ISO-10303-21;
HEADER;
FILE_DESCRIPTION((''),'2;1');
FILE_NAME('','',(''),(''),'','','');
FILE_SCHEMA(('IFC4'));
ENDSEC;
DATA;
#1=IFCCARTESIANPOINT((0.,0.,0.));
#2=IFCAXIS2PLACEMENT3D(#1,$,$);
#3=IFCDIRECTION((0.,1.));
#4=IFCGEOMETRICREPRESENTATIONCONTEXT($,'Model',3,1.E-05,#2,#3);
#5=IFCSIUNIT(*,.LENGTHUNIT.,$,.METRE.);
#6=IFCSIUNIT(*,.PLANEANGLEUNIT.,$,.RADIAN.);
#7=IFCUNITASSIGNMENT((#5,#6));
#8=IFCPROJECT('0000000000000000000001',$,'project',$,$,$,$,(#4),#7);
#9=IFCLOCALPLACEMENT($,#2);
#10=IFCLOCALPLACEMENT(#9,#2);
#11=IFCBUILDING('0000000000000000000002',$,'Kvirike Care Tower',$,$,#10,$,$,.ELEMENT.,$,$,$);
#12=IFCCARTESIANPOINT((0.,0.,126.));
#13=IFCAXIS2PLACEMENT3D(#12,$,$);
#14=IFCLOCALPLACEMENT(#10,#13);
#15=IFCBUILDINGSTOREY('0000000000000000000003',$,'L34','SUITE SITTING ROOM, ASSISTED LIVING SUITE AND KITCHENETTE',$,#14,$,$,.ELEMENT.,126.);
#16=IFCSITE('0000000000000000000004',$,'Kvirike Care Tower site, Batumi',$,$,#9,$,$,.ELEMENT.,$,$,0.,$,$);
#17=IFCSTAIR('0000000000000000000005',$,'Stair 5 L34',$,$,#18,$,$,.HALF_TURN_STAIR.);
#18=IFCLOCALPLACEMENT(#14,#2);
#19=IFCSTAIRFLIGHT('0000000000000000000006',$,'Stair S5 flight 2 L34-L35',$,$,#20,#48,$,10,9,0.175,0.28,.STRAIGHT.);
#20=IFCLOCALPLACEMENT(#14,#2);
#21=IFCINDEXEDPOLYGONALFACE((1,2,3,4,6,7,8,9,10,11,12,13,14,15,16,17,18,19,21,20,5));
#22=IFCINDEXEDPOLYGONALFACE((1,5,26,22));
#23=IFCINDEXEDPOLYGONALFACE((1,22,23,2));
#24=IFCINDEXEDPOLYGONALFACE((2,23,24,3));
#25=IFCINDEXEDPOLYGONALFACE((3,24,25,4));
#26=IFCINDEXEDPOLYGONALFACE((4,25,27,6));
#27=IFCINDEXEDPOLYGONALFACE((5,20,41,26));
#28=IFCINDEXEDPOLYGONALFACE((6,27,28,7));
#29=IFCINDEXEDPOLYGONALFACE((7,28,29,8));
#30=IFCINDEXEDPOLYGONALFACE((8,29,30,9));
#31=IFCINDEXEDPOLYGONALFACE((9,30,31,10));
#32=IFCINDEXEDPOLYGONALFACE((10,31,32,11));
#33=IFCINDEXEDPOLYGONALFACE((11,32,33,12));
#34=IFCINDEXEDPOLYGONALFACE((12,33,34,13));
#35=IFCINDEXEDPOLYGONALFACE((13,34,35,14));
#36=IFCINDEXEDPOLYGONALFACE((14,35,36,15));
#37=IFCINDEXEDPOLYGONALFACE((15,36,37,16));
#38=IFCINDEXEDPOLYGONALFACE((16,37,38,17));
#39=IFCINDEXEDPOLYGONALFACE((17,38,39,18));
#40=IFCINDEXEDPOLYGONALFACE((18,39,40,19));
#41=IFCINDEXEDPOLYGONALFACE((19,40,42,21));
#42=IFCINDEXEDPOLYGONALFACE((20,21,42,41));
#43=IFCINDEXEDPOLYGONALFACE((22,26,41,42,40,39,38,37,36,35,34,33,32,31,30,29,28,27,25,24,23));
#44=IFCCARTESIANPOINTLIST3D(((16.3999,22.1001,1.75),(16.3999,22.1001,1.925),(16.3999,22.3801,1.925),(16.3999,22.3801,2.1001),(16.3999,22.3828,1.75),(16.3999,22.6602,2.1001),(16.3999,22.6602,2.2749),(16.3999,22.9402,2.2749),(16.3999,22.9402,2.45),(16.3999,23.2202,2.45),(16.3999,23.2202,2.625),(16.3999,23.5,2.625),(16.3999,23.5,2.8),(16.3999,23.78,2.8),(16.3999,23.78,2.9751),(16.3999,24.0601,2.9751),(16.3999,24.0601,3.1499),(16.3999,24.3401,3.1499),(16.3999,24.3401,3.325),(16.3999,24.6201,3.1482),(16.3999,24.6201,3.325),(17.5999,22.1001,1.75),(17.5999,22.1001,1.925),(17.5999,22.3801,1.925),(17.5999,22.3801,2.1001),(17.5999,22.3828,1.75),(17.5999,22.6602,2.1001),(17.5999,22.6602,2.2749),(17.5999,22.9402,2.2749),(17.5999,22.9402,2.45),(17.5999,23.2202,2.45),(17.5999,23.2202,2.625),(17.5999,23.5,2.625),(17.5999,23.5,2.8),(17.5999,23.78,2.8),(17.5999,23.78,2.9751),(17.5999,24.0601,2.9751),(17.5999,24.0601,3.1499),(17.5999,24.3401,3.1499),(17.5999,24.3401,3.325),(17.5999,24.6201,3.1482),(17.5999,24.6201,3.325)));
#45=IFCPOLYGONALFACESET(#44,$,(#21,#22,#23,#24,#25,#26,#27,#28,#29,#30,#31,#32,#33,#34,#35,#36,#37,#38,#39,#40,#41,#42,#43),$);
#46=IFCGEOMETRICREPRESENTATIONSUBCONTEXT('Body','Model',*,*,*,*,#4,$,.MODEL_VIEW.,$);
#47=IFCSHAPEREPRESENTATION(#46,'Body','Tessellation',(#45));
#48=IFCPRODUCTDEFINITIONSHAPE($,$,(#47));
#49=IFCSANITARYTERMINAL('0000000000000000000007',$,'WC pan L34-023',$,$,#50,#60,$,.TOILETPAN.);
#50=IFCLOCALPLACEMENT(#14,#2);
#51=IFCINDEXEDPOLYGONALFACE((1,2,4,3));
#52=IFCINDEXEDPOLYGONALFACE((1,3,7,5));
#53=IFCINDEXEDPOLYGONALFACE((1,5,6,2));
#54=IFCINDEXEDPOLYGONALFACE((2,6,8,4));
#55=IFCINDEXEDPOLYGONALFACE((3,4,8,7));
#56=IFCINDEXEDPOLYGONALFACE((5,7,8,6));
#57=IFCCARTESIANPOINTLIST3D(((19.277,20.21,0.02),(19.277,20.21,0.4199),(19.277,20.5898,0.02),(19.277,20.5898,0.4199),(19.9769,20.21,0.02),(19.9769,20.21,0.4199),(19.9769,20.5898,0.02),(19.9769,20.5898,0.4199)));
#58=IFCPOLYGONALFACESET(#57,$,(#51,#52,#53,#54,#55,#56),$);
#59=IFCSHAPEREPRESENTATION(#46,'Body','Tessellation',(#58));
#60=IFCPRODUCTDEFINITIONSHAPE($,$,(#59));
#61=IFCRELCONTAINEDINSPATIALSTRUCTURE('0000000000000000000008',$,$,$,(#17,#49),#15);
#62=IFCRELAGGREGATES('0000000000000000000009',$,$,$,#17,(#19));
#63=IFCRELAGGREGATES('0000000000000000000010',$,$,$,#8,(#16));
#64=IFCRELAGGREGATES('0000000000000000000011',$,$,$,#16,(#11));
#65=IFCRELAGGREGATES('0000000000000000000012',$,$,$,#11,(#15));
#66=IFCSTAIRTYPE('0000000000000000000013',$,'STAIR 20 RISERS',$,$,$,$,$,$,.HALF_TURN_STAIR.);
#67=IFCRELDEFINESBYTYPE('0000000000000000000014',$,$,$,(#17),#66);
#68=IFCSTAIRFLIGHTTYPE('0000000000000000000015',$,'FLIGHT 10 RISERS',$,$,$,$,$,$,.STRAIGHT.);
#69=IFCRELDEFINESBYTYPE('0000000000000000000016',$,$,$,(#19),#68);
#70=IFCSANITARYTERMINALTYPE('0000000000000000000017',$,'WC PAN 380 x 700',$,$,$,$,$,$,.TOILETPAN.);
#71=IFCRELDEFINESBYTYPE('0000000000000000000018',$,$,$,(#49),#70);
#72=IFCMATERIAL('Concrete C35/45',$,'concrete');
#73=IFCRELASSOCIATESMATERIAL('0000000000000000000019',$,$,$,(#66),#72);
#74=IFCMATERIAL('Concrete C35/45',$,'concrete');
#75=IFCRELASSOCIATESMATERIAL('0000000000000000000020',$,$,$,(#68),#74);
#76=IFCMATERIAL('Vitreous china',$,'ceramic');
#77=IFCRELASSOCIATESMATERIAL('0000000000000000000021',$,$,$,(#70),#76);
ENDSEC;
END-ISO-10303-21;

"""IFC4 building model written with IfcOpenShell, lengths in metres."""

from ifc_helpers import new_model, si_unit, direction, frame, origin, origin_2d, place, context, subcontext, project, spatial, polyline, rectangle, outline, extrude, material, type_object, element, aggregate, save


model = new_model("IFC4")

# Units and contexts
model_context = context("Model", 3, precision=1e-05, world=origin(), true_north=direction((0.0, 1.0)))
body_context = subcontext(model_context, "Body", "Model", "MODEL_VIEW")
ifc_project = project(units=[si_unit("LENGTHUNIT", "METRE"), si_unit("PLANEANGLEUNIT", "RADIAN")], contexts=[model_context])

# Site, building, storey
site_placement = place(None, origin())
site = spatial("IfcSite", under=ifc_project, at=site_placement, Name="Kvirike Care Tower site, Batumi", CompositionType="ELEMENT", RefElevation=0.0)
building_placement = place(site_placement, origin())
building = spatial("IfcBuilding", under=site, at=building_placement, Name="Kvirike Care Tower", CompositionType="ELEMENT")
storey_placement = place(building_placement, frame((0.0, 0.0, 126.0)))
storey = spatial("IfcBuildingStorey", under=building, at=storey_placement, Name="L34", Description="SUITE SITTING ROOM, ASSISTED LIVING SUITE AND KITCHENETTE", CompositionType="ELEMENT", Elevation=126.0)

# Stair, stair flight
ifc_material_1 = material(Name="Concrete C35/45", Category="concrete")
stair_type = type_object("IfcStairType", Name="STAIR 20 RISERS", PredefinedType="HALF_TURN_STAIR", material=ifc_material_1)
stair_placement = place(storey_placement, origin())
stair = element("IfcStair", 1, at=stair_placement, inside=storey, type_object=stair_type, Name="Stair 5 L34", PredefinedType="HALF_TURN_STAIR")
ifc_material_2 = material(Name="Concrete C35/45", Category="concrete")
stair_flight_type = type_object("IfcStairFlightType", Name="FLIGHT 10 RISERS", PredefinedType="STRAIGHT", material=ifc_material_2)
stair_flight_placement = place(storey_placement, frame((17.0, 22.1001, 1.75), z_axis=(0.0, 0.0, 1.0), x_axis=(0.0, 1.0, 0.0)))
stair_flight = element("IfcStairFlight", 2, at=stair_flight_placement, type_object=stair_flight_type, Name="Stair S5 flight 2 L34-L35", NumberOfRisers=10, NumberOfTreads=9, PredefinedType="STRAIGHT", RiserHeight=0.175, TreadLength=0.28, context=body_context, shape_type="SweptSolid", body=[
    extrude(outline(polyline([(0.0, 0.0), (0.0, 0.175), (0.28, 0.175), (0.28, 0.3501), (0.5601, 0.3501), (0.5601, 0.5249), (0.8401, 0.5249), (0.8401, 0.7), (1.1201, 0.7), (1.1201, 0.875), (1.3999, 0.875), (1.3999, 1.05), (1.6799, 1.05), (1.6799, 1.2251), (1.96, 1.2251), (1.96, 1.3999), (2.24, 1.3999), (2.24, 1.575), (2.52, 1.575), (2.52, 1.75), (2.52, 1.3982), (0.2827, 0.0), (0.0, 0.0)])), frame((0.0, 0.6001, 0.0), z_axis=(0.0, -1.0, 0.0), x_axis=(1.0, 0.0, 0.0)), (0.0, 0.0, 1.0), 1.2),
])
aggregate(stair, [stair_flight])

# Sanitary terminal
ifc_material_3 = material(Name="Vitreous china", Category="ceramic")
sanitary_terminal_type = type_object("IfcSanitaryTerminalType", Name="WC PAN 380 x 700", PredefinedType="TOILETPAN", material=ifc_material_3)
sanitary_terminal_placement = place(storey_placement, frame((19.627, 20.3999, 0.02), z_axis=(0.0, 0.0, 1.0), x_axis=(0.0, 1.0, 0.0)))
element("IfcSanitaryTerminal", 3, at=sanitary_terminal_placement, inside=storey, type_object=sanitary_terminal_type, Name="WC pan L34-023", PredefinedType="TOILETPAN", context=body_context, shape_type="SweptSolid", body=[
    extrude(rectangle(XDim=0.3799, YDim=0.7, at=origin_2d()), origin(), (0.0, 0.0, 1.0), 0.3999),
])

save(model, "model.ifc")
